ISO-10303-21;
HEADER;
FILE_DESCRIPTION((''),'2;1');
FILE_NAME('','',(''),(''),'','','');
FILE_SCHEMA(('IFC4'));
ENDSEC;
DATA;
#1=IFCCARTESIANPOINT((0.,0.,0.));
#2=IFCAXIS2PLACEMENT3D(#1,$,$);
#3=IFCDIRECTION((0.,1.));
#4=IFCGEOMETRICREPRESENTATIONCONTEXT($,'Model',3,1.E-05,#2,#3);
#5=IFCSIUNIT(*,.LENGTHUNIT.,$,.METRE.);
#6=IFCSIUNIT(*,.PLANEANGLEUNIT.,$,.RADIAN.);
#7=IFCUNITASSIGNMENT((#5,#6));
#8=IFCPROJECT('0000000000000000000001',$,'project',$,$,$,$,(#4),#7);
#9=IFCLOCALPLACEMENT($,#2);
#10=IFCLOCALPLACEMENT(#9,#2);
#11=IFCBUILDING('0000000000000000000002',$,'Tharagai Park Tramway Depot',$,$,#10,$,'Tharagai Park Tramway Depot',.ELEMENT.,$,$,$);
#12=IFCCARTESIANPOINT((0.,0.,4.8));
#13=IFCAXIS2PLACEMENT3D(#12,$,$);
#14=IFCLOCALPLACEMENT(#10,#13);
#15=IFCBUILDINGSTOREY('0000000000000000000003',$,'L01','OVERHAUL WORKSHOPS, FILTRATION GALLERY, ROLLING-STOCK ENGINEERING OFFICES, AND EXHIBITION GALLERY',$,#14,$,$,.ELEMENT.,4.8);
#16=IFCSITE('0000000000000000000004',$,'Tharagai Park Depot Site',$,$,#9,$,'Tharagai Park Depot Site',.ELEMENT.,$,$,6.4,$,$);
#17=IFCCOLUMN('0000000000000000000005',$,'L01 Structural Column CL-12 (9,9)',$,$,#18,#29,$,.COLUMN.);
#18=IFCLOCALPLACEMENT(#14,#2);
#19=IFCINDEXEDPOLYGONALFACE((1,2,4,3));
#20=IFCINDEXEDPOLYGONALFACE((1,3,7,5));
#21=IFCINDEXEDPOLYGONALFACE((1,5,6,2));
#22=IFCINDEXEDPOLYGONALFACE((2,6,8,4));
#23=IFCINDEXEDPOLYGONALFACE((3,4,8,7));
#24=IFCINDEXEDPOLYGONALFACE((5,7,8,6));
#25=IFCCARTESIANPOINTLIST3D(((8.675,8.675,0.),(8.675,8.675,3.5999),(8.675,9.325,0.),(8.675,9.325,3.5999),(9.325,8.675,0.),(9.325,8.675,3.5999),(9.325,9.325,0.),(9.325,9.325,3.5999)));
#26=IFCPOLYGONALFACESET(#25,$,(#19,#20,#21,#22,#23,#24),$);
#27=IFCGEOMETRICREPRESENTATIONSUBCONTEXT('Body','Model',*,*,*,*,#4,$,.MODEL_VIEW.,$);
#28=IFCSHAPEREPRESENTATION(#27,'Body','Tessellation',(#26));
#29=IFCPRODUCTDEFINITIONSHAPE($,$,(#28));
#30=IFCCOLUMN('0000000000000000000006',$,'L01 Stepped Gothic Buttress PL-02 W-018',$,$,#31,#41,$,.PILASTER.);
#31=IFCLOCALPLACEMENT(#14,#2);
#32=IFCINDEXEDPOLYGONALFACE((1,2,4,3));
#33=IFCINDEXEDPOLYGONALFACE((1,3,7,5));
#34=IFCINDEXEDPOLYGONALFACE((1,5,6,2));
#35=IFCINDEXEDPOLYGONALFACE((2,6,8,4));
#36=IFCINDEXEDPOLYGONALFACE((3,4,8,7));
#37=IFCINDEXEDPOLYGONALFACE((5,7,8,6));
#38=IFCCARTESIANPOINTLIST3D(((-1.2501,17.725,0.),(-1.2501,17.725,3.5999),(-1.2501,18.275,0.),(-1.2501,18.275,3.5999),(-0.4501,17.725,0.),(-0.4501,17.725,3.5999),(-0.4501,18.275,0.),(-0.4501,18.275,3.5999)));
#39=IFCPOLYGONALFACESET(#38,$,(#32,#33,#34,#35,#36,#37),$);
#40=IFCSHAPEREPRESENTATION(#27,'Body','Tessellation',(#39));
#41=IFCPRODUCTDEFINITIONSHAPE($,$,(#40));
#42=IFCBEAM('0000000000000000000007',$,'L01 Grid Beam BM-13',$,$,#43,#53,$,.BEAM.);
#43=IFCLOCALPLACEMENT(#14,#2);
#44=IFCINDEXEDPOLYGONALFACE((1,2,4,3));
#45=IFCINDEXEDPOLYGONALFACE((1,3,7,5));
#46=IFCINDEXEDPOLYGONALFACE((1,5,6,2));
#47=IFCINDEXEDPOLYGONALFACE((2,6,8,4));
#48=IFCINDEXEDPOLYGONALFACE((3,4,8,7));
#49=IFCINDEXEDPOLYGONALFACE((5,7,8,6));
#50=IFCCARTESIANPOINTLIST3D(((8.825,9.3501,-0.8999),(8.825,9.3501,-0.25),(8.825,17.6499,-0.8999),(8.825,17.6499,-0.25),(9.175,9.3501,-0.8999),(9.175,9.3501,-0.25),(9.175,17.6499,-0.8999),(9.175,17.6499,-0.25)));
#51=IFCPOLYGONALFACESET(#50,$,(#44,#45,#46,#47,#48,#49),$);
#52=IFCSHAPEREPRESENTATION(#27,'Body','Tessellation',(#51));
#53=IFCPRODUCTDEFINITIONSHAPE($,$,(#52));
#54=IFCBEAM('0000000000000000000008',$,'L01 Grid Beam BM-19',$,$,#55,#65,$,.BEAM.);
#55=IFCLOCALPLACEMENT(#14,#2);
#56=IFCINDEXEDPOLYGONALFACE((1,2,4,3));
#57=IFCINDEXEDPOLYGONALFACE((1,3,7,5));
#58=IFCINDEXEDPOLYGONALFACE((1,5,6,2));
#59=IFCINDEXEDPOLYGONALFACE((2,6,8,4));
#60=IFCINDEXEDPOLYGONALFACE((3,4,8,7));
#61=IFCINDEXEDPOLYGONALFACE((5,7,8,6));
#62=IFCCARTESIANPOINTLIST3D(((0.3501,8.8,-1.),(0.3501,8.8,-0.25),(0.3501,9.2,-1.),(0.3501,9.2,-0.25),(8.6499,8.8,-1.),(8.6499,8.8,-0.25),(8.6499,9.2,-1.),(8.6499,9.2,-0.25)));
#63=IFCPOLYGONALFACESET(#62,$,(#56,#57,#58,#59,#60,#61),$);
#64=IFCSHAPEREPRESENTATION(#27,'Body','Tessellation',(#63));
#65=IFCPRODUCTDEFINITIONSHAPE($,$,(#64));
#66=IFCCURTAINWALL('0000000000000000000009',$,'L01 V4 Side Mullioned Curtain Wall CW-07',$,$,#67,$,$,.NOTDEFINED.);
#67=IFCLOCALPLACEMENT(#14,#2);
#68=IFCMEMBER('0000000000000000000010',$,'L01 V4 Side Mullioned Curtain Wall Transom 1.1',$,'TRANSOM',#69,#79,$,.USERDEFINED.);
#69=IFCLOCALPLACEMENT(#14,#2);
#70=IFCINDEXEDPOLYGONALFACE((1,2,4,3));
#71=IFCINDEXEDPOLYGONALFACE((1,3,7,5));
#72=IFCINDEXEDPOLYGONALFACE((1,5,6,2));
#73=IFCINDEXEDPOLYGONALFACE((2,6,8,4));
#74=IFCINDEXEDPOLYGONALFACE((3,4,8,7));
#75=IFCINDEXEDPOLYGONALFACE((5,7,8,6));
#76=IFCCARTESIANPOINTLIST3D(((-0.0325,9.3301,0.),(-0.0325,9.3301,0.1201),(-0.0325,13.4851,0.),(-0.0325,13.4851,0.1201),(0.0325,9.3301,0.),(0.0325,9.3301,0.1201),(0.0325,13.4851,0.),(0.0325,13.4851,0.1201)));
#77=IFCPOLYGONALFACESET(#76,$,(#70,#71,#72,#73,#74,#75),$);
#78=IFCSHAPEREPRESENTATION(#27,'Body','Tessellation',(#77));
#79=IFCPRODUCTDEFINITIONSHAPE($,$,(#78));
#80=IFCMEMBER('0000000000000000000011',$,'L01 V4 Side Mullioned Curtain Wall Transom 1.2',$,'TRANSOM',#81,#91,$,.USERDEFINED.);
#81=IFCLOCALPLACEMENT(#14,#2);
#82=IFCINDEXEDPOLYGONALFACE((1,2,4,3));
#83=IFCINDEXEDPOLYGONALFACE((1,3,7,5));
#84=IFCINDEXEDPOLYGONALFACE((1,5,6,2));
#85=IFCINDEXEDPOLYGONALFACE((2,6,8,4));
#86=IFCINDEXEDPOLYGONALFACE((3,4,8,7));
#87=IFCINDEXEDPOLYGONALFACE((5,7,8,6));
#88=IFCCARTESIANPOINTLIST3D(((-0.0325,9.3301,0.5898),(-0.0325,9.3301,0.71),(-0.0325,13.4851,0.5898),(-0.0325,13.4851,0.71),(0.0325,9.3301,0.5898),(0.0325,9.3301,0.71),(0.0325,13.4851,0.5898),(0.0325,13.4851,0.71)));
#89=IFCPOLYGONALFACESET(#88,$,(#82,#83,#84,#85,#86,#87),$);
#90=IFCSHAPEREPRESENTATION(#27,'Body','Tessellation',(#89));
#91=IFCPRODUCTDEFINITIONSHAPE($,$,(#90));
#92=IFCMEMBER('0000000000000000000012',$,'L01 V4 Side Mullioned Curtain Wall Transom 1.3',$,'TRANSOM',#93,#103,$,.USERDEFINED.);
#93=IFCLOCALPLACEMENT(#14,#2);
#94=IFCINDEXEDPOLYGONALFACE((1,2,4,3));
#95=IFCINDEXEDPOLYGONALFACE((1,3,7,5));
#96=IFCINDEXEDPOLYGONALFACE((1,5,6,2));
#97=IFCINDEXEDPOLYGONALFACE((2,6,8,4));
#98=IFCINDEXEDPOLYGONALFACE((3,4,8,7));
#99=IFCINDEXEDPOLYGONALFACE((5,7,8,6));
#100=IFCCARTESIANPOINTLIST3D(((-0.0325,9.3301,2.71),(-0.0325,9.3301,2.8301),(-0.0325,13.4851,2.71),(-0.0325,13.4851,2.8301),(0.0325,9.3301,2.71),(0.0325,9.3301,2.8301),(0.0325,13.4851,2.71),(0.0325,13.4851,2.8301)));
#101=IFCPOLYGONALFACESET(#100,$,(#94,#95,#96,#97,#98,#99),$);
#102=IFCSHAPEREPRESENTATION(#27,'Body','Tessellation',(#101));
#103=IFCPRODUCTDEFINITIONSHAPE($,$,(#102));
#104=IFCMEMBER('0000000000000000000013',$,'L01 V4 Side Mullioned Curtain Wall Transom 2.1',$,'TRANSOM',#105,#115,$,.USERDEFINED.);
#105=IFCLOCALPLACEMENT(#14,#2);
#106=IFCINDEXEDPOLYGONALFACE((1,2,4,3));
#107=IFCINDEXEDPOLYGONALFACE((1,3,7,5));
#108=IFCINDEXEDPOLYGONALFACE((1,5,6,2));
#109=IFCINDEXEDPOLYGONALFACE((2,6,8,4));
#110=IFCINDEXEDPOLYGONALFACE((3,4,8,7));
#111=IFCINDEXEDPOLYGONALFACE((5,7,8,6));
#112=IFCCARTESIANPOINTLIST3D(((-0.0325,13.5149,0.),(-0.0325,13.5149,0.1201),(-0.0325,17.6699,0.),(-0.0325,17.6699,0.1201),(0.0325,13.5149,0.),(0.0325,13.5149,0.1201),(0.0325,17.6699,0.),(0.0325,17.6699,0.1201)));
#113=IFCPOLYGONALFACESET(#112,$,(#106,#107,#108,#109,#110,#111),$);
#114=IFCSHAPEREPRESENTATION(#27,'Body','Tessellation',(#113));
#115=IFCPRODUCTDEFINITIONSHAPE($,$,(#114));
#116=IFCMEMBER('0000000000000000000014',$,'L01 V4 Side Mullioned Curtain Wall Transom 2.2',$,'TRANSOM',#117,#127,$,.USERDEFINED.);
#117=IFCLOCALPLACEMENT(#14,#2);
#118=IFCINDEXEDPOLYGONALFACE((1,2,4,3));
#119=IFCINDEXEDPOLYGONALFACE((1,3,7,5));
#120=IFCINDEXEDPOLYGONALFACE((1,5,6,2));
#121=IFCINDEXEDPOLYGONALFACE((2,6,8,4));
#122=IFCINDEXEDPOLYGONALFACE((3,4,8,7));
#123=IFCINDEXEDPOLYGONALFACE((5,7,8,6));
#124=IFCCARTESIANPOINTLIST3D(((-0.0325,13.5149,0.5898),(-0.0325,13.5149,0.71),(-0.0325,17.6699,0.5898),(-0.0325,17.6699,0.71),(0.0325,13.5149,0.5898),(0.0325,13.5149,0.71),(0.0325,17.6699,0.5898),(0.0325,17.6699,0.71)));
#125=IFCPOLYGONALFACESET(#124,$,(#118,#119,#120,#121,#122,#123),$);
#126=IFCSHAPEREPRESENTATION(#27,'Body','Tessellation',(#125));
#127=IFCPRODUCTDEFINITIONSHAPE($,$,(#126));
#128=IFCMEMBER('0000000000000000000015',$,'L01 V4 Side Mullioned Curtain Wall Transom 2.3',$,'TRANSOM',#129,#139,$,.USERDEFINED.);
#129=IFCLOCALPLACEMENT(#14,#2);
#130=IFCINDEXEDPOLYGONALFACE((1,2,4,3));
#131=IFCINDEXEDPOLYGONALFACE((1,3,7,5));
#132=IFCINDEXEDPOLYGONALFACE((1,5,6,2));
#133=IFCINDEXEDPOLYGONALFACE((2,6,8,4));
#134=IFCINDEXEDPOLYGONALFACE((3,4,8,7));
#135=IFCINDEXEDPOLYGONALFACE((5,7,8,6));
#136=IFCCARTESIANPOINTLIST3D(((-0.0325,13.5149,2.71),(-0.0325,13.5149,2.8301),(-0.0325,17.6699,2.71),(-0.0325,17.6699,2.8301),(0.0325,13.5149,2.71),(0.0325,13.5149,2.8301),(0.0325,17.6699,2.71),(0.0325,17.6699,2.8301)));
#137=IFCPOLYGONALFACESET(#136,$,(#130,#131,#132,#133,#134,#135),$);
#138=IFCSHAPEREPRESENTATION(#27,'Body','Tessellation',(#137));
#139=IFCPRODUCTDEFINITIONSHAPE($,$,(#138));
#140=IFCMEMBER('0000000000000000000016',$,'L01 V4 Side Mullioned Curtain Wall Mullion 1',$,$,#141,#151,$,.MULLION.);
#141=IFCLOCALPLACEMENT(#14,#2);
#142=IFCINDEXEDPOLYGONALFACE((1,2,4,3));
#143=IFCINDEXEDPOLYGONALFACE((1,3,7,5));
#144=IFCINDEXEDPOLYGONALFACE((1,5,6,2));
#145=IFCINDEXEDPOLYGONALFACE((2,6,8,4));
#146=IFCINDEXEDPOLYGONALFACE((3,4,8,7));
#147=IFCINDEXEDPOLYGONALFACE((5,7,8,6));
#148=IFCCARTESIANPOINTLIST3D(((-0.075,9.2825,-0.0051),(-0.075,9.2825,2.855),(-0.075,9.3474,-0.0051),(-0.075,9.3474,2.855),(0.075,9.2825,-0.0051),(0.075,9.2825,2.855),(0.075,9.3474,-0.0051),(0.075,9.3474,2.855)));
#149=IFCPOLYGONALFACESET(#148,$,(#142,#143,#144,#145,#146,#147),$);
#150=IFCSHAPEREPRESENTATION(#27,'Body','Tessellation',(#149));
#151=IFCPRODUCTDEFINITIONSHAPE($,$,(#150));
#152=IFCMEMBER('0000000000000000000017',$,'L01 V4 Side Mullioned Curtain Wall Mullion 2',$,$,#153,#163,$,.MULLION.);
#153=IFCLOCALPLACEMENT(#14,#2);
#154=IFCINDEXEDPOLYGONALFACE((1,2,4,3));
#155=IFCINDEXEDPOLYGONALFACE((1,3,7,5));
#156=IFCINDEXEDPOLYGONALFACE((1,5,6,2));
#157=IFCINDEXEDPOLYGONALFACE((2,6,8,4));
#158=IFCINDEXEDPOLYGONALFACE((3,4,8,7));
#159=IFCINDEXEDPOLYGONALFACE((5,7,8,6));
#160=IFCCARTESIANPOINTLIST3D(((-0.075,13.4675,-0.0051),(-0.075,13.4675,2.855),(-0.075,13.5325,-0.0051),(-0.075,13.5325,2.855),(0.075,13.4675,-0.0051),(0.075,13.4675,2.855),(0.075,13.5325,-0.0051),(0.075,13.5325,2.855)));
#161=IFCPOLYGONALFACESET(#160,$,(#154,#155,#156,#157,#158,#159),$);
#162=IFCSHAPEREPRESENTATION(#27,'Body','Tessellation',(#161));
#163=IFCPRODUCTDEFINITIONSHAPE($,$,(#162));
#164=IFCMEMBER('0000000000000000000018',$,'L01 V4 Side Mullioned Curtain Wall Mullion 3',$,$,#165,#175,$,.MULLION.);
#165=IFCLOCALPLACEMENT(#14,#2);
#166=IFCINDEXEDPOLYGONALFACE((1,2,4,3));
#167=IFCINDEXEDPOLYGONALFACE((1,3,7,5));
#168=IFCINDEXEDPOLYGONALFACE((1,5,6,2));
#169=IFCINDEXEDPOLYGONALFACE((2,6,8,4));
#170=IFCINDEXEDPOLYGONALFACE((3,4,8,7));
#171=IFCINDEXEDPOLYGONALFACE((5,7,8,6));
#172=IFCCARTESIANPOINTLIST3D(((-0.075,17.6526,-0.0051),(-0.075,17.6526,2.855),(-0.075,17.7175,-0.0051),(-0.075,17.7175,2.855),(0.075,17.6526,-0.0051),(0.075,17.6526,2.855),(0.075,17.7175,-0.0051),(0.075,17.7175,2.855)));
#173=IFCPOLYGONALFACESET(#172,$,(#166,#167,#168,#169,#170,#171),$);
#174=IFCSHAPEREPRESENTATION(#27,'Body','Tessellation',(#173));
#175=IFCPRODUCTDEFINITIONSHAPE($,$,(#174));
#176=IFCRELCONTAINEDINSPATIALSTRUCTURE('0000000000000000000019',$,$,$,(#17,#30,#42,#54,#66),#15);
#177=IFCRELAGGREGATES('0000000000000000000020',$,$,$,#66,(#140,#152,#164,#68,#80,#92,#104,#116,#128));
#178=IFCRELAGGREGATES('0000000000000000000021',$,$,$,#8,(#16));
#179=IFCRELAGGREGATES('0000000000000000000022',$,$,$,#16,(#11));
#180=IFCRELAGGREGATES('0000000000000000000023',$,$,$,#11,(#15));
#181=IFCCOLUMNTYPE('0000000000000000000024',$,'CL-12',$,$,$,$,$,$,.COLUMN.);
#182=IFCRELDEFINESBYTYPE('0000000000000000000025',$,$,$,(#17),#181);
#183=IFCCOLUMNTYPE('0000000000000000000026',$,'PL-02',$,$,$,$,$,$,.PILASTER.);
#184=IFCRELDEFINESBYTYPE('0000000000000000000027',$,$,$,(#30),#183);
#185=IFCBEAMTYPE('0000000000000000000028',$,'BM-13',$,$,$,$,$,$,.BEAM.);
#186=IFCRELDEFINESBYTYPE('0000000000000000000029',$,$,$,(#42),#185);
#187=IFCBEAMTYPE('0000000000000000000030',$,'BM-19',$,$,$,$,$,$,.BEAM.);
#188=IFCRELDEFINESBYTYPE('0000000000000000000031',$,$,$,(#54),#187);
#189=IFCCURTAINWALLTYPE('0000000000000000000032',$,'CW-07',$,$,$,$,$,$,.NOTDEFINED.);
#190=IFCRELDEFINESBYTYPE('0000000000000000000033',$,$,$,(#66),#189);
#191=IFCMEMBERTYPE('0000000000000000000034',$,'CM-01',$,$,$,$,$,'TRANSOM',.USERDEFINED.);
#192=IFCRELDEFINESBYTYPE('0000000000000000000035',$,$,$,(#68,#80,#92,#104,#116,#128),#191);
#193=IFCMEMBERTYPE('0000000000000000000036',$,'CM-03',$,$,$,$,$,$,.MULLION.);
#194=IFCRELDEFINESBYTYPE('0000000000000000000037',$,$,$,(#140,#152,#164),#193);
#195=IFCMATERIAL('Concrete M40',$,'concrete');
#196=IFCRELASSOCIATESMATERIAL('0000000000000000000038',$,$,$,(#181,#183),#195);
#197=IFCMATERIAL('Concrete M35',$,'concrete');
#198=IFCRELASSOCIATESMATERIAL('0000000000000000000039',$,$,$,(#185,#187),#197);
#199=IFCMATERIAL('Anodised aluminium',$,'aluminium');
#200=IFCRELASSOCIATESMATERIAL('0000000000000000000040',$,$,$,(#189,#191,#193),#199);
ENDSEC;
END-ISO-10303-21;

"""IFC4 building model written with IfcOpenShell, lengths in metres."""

from ifc_helpers import new_model, si_unit, direction, frame, origin, origin_2d, place, context, subcontext, project, spatial, rectangle, extrude, material, material_profile, profile_set, type_object, element, aggregate, save


model = new_model("IFC4")

# Units and contexts
model_context = context("Model", 3, precision=1e-05, world=origin(), true_north=direction((0.0, 1.0)))
body_context = subcontext(model_context, "Body", "Model", "MODEL_VIEW")
ifc_project = project(units=[si_unit("LENGTHUNIT", "METRE"), si_unit("PLANEANGLEUNIT", "RADIAN")], contexts=[model_context])

# Site, building, storey
site_placement = place(None, origin())
site = spatial("IfcSite", under=ifc_project, at=site_placement, Name="Tharagai Park Depot Site", LongName="Tharagai Park Depot Site", CompositionType="ELEMENT", RefElevation=6.4)
building_placement = place(site_placement, origin())
building = spatial("IfcBuilding", under=site, at=building_placement, Name="Tharagai Park Tramway Depot", LongName="Tharagai Park Tramway Depot", CompositionType="ELEMENT")
storey_placement = place(building_placement, frame((0.0, 0.0, 4.8)))
storey = spatial("IfcBuildingStorey", under=building, at=storey_placement, Name="L01", Description="OVERHAUL WORKSHOPS, FILTRATION GALLERY, ROLLING-STOCK ENGINEERING OFFICES, AND EXHIBITION GALLERY", CompositionType="ELEMENT", Elevation=4.8)

# Columns
ifc_material_1 = material(Name="Concrete M40", Category="concrete")
ifc_material_profile_1 = material_profile(ifc_material_1, rectangle(XDim=0.6499, YDim=0.6499, at=origin_2d()), Name="RC 650x650")
ifc_profile_set_1 = profile_set([ifc_material_profile_1], Name="Concrete M40")
column_type_1 = type_object("IfcColumnType", Name="CL-12", PredefinedType="COLUMN", material=ifc_profile_set_1)
column_1_placement = place(storey_placement, frame((9.0, 9.0, 0.0), z_axis=(0.0, 0.0, 1.0), x_axis=(1.0, 0.0, 0.0)))
element("IfcColumn", 1, at=column_1_placement, inside=storey, type_object=column_type_1, Name="L01 Structural Column CL-12 (9,9)", PredefinedType="COLUMN", context=body_context, shape_type="SweptSolid", body=[
    extrude(rectangle(XDim=0.6499, YDim=0.6499, at=origin_2d()), origin(), (0.0, 0.0, 1.0), 3.5999),
])
ifc_material_profile_2 = material_profile(ifc_material_1, rectangle(XDim=0.55, YDim=0.8, at=origin_2d()), Name="RC 550x800")
ifc_profile_set_2 = profile_set([ifc_material_profile_2], Name="Concrete M40")
column_type_2 = type_object("IfcColumnType", Name="PL-02", PredefinedType="PILASTER", material=ifc_profile_set_2)
column_2_placement = place(storey_placement, frame((-0.8501, 18.0, 0.0), z_axis=(0.0, 0.0, 1.0), x_axis=(0.0, 1.0, 0.0)))
element("IfcColumn", 2, at=column_2_placement, inside=storey, type_object=column_type_2, Name="L01 Stepped Gothic Buttress PL-02 W-018", PredefinedType="PILASTER", context=body_context, shape_type="SweptSolid", body=[
    extrude(rectangle(XDim=0.55, YDim=0.8, at=origin_2d()), origin(), (0.0, 0.0, 1.0), 3.5999),
])

# Beams
ifc_material_2 = material(Name="Concrete M35", Category="concrete")
ifc_material_profile_3 = material_profile(ifc_material_2, rectangle(XDim=0.3501, YDim=0.6499, at=origin_2d()), Name="RC 350x650")
ifc_profile_set_3 = profile_set([ifc_material_profile_3], Name="Concrete M35")
beam_type_1 = type_object("IfcBeamType", Name="BM-13", PredefinedType="BEAM", material=ifc_profile_set_3)
beam_1_placement = place(storey_placement, frame((9.0, 9.3501, -0.575), z_axis=(0.0, 1.0, 0.0), x_axis=(-1.0, 0.0, 0.0)))
element("IfcBeam", 3, at=beam_1_placement, inside=storey, type_object=beam_type_1, Name="L01 Grid Beam BM-13", PredefinedType="BEAM", context=body_context, shape_type="SweptSolid", body=[
    extrude(rectangle(XDim=0.3501, YDim=0.6499, at=origin_2d()), origin(), (0.0, 0.0, 1.0), 8.2998),
])
ifc_material_profile_4 = material_profile(ifc_material_2, rectangle(XDim=0.3999, YDim=0.75, at=origin_2d()), Name="RC 400x750")
ifc_profile_set_4 = profile_set([ifc_material_profile_4], Name="Concrete M35")
beam_type_2 = type_object("IfcBeamType", Name="BM-19", PredefinedType="BEAM", material=ifc_profile_set_4)
beam_2_placement = place(storey_placement, frame((0.3501, 9.0, -0.625), z_axis=(1.0, 0.0, 0.0), x_axis=(0.0, 1.0, 0.0)))
element("IfcBeam", 4, at=beam_2_placement, inside=storey, type_object=beam_type_2, Name="L01 Grid Beam BM-19", PredefinedType="BEAM", context=body_context, shape_type="SweptSolid", body=[
    extrude(rectangle(XDim=0.3999, YDim=0.75, at=origin_2d()), origin(), (0.0, 0.0, 1.0), 8.2998),
])

# Curtain wall, members
ifc_material_3 = material(Name="Anodised aluminium", Category="aluminium")
curtain_wall_type = type_object("IfcCurtainWallType", Name="CW-07", PredefinedType="NOTDEFINED", material=ifc_material_3)
curtain_wall_placement = place(storey_placement, origin())
curtain_wall = element("IfcCurtainWall", 5, at=curtain_wall_placement, inside=storey, type_object=curtain_wall_type, Name="L01 V4 Side Mullioned Curtain Wall CW-07", PredefinedType="NOTDEFINED")
ifc_material_profile_5 = material_profile(ifc_material_3, rectangle(XDim=0.0649, YDim=0.1201, at=origin_2d()), Name="ALU 65x120")
ifc_profile_set_5 = profile_set([ifc_material_profile_5], Name="Anodised aluminium")
member_type_1 = type_object("IfcMemberType", Name="CM-01", ElementType="TRANSOM", PredefinedType="USERDEFINED", material=ifc_profile_set_5)
member_1_placement = place(storey_placement, frame((0.0, 9.3301, 0.0601), z_axis=(0.0, 1.0, 0.0), x_axis=(-1.0, 0.0, 0.0)))
member_1 = element("IfcMember", 6, at=member_1_placement, type_object=member_type_1, Name="L01 V4 Side Mullioned Curtain Wall Transom 1.1", ObjectType="TRANSOM", PredefinedType="USERDEFINED", context=body_context, shape_type="SweptSolid", body=[
    extrude(rectangle(XDim=0.0649, YDim=0.1201, at=origin_2d()), origin(), (0.0, 0.0, 1.0), 4.155),
])
member_2_placement = place(storey_placement, frame((0.0, 9.3301, 0.6499), z_axis=(0.0, 1.0, 0.0), x_axis=(-1.0, 0.0, 0.0)))
member_2 = element("IfcMember", 7, at=member_2_placement, type_object=member_type_1, Name="L01 V4 Side Mullioned Curtain Wall Transom 1.2", ObjectType="TRANSOM", PredefinedType="USERDEFINED", context=body_context, shape_type="SweptSolid", body=[
    extrude(rectangle(XDim=0.0649, YDim=0.1201, at=origin_2d()), origin(), (0.0, 0.0, 1.0), 4.155),
])
member_3_placement = place(storey_placement, frame((0.0, 9.3301, 2.77), z_axis=(0.0, 1.0, 0.0), x_axis=(-1.0, 0.0, 0.0)))
member_3 = element("IfcMember", 8, at=member_3_placement, type_object=member_type_1, Name="L01 V4 Side Mullioned Curtain Wall Transom 1.3", ObjectType="TRANSOM", PredefinedType="USERDEFINED", context=body_context, shape_type="SweptSolid", body=[
    extrude(rectangle(XDim=0.0649, YDim=0.1201, at=origin_2d()), origin(), (0.0, 0.0, 1.0), 4.155),
])
member_4_placement = place(storey_placement, frame((0.0, 13.5149, 0.0601), z_axis=(0.0, 1.0, 0.0), x_axis=(-1.0, 0.0, 0.0)))
member_4 = element("IfcMember", 9, at=member_4_placement, type_object=member_type_1, Name="L01 V4 Side Mullioned Curtain Wall Transom 2.1", ObjectType="TRANSOM", PredefinedType="USERDEFINED", context=body_context, shape_type="SweptSolid", body=[
    extrude(rectangle(XDim=0.0649, YDim=0.1201, at=origin_2d()), origin(), (0.0, 0.0, 1.0), 4.155),
])
member_5_placement = place(storey_placement, frame((0.0, 13.5149, 0.6499), z_axis=(0.0, 1.0, 0.0), x_axis=(-1.0, 0.0, 0.0)))
member_5 = element("IfcMember", 10, at=member_5_placement, type_object=member_type_1, Name="L01 V4 Side Mullioned Curtain Wall Transom 2.2", ObjectType="TRANSOM", PredefinedType="USERDEFINED", context=body_context, shape_type="SweptSolid", body=[
    extrude(rectangle(XDim=0.0649, YDim=0.1201, at=origin_2d()), origin(), (0.0, 0.0, 1.0), 4.155),
])
member_6_placement = place(storey_placement, frame((0.0, 13.5149, 2.77), z_axis=(0.0, 1.0, 0.0), x_axis=(-1.0, 0.0, 0.0)))
member_6 = element("IfcMember", 11, at=member_6_placement, type_object=member_type_1, Name="L01 V4 Side Mullioned Curtain Wall Transom 2.3", ObjectType="TRANSOM", PredefinedType="USERDEFINED", context=body_context, shape_type="SweptSolid", body=[
    extrude(rectangle(XDim=0.0649, YDim=0.1201, at=origin_2d()), origin(), (0.0, 0.0, 1.0), 4.155),
])
ifc_material_profile_6 = material_profile(ifc_material_3, rectangle(XDim=0.0649, YDim=0.1499, at=origin_2d()), Name="ALU 65x150")
ifc_profile_set_6 = profile_set([ifc_material_profile_6], Name="Anodised aluminium")
member_type_2 = type_object("IfcMemberType", Name="CM-03", PredefinedType="MULLION", material=ifc_profile_set_6)
member_7_placement = place(storey_placement, frame((0.0, 9.3149, -0.0051), z_axis=(0.0, 0.0, 1.0), x_axis=(0.0, 1.0, 0.0)))
member_7 = element("IfcMember", 12, at=member_7_placement, type_object=member_type_2, Name="L01 V4 Side Mullioned Curtain Wall Mullion 1", PredefinedType="MULLION", context=body_context, shape_type="SweptSolid", body=[
    extrude(rectangle(XDim=0.0649, YDim=0.1499, at=origin_2d()), origin(), (0.0, 0.0, 1.0), 2.8601),
])
member_8_placement = place(storey_placement, frame((0.0, 13.5, -0.0051), z_axis=(0.0, 0.0, 1.0), x_axis=(0.0, 1.0, 0.0)))
member_8 = element("IfcMember", 13, at=member_8_placement, type_object=member_type_2, Name="L01 V4 Side Mullioned Curtain Wall Mullion 2", PredefinedType="MULLION", context=body_context, shape_type="SweptSolid", body=[
    extrude(rectangle(XDim=0.0649, YDim=0.1499, at=origin_2d()), origin(), (0.0, 0.0, 1.0), 2.8601),
])
member_9_placement = place(storey_placement, frame((0.0, 17.6851, -0.0051), z_axis=(0.0, 0.0, 1.0), x_axis=(0.0, 1.0, 0.0)))
member_9 = element("IfcMember", 14, at=member_9_placement, type_object=member_type_2, Name="L01 V4 Side Mullioned Curtain Wall Mullion 3", PredefinedType="MULLION", context=body_context, shape_type="SweptSolid", body=[
    extrude(rectangle(XDim=0.0649, YDim=0.1499, at=origin_2d()), origin(), (0.0, 0.0, 1.0), 2.8601),
])

aggregate(curtain_wall, [member_7, member_8, member_9, member_1, member_2, member_3, member_4, member_5, member_6])

save(model, "model.ifc")
